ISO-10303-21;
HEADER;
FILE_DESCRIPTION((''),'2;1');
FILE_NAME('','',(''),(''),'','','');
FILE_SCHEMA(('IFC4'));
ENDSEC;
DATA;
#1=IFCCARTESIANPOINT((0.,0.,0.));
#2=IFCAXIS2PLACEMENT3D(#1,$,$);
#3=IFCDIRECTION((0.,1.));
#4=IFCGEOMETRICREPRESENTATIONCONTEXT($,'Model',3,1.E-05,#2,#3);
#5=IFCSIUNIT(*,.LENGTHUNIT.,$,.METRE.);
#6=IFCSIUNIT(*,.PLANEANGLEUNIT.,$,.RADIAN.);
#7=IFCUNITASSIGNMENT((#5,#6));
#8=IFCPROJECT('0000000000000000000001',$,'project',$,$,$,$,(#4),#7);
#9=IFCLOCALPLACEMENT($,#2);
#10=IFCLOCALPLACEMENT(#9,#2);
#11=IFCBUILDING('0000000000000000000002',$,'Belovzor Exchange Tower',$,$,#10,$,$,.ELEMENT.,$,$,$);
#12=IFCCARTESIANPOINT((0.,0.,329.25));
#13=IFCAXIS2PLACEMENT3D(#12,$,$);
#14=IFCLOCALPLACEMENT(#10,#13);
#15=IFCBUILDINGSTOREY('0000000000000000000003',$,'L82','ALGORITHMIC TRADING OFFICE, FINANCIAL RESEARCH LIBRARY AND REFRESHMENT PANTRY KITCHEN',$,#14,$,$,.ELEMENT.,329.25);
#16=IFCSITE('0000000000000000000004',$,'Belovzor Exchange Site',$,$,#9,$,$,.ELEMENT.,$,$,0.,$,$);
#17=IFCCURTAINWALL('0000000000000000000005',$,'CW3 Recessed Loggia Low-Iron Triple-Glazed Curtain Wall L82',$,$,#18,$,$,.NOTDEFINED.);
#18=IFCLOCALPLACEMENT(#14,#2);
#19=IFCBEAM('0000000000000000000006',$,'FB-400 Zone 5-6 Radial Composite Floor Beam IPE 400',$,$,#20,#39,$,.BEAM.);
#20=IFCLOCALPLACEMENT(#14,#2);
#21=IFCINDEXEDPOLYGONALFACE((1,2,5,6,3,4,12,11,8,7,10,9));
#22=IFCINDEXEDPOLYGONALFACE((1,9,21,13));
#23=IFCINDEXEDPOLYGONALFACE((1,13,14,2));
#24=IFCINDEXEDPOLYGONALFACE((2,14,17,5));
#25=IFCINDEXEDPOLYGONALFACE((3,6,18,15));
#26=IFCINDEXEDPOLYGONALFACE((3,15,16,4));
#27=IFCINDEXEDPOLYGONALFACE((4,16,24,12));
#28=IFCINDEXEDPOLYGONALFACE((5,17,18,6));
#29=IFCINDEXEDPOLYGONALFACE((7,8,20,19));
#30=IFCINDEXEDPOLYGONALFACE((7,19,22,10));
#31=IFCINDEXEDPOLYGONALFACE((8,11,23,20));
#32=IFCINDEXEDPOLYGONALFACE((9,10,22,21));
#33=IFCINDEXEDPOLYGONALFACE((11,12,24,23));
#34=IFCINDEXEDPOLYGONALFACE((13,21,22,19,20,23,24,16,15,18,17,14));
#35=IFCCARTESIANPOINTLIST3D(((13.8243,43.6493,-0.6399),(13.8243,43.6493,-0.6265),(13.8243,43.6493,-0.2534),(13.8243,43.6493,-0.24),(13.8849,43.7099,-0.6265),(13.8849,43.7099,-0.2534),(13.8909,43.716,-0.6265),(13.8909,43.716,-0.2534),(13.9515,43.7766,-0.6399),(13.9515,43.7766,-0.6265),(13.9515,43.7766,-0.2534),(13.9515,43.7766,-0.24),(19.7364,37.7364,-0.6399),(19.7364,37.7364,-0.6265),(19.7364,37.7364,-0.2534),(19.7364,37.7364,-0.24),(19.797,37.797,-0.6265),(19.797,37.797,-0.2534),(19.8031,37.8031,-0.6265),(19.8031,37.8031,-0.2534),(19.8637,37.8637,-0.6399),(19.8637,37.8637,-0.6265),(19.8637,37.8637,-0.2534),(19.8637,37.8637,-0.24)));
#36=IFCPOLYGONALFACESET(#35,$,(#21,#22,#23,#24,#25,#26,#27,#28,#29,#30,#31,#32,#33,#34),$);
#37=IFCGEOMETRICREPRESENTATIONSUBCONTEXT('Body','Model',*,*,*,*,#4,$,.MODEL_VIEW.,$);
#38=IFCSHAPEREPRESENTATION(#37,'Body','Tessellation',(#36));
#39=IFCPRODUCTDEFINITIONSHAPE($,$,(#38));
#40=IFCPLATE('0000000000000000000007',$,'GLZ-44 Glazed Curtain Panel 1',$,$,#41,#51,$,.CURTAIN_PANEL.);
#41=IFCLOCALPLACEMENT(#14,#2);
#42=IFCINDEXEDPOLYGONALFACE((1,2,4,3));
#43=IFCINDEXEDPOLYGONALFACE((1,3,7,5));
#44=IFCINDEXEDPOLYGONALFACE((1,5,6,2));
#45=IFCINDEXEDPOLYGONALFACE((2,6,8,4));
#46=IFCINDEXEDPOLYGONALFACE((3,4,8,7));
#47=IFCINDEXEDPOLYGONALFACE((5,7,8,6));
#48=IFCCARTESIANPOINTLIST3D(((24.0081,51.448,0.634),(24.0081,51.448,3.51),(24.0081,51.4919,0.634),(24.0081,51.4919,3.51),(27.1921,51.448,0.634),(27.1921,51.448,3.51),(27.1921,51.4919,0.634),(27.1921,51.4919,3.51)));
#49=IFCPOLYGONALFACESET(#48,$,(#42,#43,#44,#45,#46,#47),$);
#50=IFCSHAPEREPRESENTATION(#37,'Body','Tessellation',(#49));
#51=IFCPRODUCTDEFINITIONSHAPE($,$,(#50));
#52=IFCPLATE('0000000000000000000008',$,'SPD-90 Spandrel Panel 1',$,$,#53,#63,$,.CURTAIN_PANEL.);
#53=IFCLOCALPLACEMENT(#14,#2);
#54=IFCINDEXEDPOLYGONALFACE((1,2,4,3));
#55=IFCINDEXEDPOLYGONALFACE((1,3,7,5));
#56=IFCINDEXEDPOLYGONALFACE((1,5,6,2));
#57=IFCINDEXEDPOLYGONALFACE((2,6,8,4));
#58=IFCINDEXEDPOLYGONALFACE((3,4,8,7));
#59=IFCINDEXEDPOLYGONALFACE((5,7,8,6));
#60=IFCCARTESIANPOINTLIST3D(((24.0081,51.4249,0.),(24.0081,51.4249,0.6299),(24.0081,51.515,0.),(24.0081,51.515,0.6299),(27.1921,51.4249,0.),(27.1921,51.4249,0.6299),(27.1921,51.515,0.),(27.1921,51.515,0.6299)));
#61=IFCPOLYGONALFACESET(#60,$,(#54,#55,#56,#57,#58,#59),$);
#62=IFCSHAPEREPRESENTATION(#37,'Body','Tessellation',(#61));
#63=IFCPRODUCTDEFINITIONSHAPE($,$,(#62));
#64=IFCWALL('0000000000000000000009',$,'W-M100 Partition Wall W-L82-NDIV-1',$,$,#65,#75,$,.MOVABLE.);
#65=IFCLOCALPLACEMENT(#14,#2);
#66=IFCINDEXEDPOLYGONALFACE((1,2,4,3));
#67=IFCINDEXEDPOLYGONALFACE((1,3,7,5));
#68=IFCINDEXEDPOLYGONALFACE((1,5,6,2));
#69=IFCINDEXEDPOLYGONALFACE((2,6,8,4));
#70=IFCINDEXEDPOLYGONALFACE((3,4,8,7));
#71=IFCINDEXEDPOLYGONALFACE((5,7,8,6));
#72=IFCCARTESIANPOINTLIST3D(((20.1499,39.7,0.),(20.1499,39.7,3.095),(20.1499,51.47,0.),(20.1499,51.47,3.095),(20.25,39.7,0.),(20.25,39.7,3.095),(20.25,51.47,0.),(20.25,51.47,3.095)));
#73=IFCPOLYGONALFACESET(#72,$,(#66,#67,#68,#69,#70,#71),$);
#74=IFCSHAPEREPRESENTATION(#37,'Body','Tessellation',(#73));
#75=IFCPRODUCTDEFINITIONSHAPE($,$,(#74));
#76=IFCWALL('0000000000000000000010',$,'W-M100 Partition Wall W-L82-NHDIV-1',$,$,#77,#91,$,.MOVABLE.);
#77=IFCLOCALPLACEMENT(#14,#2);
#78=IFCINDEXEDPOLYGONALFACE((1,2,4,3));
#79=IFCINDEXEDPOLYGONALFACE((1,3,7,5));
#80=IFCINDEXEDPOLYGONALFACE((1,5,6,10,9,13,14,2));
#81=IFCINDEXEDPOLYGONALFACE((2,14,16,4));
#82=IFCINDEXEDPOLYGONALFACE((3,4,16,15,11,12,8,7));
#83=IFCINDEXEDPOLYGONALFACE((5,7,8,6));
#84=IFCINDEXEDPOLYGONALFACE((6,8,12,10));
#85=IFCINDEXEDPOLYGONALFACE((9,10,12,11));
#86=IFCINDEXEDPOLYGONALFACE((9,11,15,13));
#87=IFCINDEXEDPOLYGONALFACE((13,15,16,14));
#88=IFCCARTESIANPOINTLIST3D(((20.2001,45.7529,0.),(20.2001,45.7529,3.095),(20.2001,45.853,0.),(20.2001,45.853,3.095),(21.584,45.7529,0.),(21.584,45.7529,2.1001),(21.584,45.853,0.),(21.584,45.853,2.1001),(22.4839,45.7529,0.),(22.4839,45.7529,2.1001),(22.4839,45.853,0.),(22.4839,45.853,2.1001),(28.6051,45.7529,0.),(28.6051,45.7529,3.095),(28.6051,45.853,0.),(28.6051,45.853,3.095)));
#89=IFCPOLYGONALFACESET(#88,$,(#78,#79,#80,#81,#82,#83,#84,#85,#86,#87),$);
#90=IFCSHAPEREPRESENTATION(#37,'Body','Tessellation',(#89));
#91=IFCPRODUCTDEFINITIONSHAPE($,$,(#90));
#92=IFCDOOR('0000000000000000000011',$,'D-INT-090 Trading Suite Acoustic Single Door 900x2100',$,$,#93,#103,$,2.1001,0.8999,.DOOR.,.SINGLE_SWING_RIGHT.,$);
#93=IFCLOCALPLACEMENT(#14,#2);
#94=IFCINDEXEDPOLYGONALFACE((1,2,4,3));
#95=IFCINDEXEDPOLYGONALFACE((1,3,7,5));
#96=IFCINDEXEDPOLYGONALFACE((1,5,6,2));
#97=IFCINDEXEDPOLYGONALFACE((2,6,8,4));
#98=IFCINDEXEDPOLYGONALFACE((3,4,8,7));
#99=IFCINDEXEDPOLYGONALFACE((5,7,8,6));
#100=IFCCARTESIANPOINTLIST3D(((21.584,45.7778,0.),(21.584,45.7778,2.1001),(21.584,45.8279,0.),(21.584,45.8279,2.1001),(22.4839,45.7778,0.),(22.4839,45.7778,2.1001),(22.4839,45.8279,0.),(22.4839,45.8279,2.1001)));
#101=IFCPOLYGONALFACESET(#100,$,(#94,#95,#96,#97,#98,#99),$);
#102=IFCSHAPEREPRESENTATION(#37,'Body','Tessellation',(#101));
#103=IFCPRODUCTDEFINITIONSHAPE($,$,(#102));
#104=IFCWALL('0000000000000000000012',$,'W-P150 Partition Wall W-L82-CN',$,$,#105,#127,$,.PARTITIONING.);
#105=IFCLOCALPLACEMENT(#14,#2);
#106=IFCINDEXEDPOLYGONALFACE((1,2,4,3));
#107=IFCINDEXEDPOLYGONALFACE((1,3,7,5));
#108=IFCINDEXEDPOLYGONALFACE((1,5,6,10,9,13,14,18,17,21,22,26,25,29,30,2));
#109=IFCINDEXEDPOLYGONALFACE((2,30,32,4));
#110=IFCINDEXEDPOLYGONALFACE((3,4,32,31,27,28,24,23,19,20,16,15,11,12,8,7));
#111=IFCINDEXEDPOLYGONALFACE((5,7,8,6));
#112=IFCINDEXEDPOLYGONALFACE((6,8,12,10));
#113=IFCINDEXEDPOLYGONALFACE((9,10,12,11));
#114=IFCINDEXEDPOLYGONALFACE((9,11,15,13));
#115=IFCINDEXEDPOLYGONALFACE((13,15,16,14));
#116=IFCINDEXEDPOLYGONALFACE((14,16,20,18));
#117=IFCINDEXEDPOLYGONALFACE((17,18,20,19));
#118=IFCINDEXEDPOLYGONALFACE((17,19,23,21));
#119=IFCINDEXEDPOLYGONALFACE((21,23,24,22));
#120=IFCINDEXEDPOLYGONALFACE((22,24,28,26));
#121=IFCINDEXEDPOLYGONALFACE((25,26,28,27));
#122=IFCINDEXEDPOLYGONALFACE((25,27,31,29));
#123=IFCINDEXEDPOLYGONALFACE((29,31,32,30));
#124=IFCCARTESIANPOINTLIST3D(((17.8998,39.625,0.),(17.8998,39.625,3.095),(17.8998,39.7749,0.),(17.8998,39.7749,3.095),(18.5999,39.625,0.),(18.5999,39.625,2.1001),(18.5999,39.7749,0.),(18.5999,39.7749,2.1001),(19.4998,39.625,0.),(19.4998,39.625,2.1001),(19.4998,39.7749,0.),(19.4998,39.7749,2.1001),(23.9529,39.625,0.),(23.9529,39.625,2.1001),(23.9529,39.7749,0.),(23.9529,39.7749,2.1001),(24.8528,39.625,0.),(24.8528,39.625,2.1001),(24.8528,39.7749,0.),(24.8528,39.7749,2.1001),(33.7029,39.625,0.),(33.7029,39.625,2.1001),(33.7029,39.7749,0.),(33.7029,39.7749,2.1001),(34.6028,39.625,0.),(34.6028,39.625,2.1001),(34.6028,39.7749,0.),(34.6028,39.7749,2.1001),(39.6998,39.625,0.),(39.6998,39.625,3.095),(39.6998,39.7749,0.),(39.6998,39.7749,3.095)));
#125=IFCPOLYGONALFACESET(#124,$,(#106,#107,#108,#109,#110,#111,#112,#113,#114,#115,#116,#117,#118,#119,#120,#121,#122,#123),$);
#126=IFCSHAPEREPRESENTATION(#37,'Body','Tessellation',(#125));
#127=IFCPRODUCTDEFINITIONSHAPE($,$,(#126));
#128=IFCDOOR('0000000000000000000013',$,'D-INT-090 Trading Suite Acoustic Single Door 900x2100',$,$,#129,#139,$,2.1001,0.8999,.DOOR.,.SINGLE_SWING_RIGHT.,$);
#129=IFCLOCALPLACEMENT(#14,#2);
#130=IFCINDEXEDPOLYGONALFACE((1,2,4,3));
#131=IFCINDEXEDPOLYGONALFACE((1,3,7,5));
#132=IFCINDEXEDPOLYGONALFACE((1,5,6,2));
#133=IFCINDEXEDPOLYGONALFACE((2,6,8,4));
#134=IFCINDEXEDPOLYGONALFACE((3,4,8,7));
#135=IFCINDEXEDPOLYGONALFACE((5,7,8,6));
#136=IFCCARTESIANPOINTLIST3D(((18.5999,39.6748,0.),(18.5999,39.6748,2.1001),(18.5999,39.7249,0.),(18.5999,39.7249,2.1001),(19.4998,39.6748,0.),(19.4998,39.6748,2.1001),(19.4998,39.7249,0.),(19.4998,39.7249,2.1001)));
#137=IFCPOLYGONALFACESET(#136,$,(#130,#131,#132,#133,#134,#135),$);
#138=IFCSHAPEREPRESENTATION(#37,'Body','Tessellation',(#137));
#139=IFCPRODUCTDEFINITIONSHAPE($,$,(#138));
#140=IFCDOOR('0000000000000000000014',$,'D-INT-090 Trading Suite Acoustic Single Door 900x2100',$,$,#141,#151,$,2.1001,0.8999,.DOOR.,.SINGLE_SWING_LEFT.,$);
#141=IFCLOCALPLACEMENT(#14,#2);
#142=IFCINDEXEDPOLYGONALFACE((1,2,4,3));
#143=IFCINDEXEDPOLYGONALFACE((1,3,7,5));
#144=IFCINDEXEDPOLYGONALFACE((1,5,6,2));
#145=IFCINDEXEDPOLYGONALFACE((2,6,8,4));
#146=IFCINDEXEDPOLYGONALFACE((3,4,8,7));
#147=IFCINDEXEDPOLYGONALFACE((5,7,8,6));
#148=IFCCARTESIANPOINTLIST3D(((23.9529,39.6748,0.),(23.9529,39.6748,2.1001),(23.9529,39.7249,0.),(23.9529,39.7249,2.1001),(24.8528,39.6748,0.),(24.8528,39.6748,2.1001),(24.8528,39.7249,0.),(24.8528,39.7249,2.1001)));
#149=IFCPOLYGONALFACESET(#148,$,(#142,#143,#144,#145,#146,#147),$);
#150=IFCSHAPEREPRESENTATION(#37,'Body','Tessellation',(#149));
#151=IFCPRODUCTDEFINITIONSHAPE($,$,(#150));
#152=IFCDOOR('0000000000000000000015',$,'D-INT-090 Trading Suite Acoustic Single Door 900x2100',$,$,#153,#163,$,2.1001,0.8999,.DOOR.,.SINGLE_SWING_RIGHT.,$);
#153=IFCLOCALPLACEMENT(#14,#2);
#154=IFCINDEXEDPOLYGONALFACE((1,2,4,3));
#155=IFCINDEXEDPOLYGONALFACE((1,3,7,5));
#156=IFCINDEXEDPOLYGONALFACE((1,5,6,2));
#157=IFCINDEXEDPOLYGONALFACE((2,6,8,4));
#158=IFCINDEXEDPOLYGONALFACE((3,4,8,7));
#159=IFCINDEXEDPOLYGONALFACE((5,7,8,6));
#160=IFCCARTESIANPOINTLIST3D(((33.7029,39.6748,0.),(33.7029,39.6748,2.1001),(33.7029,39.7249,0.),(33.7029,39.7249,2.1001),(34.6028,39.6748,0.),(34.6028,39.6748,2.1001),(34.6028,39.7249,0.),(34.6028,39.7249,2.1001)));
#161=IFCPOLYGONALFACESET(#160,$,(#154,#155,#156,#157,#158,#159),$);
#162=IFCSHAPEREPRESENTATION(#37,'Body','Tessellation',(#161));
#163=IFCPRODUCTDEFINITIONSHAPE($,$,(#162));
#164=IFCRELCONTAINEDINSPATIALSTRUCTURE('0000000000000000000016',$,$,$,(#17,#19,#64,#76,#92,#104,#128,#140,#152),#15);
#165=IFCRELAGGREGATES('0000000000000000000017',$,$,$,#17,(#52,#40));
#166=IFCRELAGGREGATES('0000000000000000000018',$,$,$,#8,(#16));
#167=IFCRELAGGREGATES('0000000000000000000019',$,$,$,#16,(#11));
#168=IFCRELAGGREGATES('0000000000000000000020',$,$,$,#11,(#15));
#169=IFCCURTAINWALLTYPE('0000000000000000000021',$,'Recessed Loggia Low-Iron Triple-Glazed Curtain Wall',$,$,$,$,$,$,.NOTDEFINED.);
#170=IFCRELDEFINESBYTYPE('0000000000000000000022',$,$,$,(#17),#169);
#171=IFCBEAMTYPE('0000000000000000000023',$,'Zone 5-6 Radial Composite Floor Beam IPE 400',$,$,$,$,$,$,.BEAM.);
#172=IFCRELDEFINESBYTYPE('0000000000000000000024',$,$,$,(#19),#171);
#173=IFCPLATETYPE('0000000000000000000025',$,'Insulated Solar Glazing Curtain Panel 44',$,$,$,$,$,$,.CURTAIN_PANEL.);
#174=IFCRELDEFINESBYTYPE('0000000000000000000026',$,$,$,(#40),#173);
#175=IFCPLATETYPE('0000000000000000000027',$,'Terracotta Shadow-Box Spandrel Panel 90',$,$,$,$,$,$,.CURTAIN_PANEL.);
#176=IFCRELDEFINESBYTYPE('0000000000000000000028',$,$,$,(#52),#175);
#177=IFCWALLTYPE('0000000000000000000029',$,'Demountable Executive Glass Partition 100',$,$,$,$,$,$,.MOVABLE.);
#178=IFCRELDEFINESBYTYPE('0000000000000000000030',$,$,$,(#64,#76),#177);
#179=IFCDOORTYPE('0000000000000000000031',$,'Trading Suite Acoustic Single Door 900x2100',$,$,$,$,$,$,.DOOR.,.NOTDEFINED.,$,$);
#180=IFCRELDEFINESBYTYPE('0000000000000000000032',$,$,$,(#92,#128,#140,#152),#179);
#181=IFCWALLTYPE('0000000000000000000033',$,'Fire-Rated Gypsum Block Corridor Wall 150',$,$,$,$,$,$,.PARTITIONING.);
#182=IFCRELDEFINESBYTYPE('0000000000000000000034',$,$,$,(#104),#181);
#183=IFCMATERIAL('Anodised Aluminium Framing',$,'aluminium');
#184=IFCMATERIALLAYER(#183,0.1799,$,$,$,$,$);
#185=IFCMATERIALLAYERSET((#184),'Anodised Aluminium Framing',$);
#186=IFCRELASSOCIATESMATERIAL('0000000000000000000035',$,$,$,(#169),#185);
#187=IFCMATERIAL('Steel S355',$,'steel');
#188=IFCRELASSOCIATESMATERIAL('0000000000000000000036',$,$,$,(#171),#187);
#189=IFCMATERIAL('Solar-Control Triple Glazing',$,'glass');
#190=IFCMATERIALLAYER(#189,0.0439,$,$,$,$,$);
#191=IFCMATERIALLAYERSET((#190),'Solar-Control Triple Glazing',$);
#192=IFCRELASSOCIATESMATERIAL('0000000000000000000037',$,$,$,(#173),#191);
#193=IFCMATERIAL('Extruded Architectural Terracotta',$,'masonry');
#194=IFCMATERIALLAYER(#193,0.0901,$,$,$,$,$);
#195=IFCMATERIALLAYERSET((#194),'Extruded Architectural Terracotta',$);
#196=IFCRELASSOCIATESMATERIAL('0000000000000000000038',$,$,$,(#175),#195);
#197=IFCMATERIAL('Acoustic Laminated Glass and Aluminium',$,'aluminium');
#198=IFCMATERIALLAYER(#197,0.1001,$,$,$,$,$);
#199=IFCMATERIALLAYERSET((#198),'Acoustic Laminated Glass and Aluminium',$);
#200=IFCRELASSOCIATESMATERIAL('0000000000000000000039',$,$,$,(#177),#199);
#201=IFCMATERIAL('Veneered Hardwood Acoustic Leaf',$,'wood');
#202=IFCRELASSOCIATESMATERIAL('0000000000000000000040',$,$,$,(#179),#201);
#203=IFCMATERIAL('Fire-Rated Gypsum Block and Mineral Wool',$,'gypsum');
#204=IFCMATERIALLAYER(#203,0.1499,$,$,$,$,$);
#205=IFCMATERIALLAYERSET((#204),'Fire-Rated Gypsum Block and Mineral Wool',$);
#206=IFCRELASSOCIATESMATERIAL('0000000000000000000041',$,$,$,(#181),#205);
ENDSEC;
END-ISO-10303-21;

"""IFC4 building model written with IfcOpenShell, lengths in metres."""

from ifc_helpers import new_model, si_unit, direction, frame, frame_2d, origin, origin_2d, place, context, subcontext, project, spatial, rectangle, i_section, extrude, material, layer, layer_set, material_profile, profile_set, type_object, element, fill, aggregate, save


model = new_model("IFC4")

# Units and contexts
model_context = context("Model", 3, precision=1e-05, world=origin(), true_north=direction((0.0, 1.0)))
body_context = subcontext(model_context, "Body", "Model", "MODEL_VIEW")
ifc_project = project(units=[si_unit("LENGTHUNIT", "METRE"), si_unit("PLANEANGLEUNIT", "RADIAN")], contexts=[model_context])

# Site, building, storey
site_placement = place(None, origin())
site = spatial("IfcSite", under=ifc_project, at=site_placement, Name="Belovzor Exchange Site", CompositionType="ELEMENT", RefElevation=0.0)
building_placement = place(site_placement, origin())
building = spatial("IfcBuilding", under=site, at=building_placement, Name="Belovzor Exchange Tower", CompositionType="ELEMENT")
storey_placement = place(building_placement, frame((0.0, 0.0, 329.25)))
storey = spatial("IfcBuildingStorey", under=building, at=storey_placement, Name="L82", Description="ALGORITHMIC TRADING OFFICE, FINANCIAL RESEARCH LIBRARY AND REFRESHMENT PANTRY KITCHEN", CompositionType="ELEMENT", Elevation=329.25)

# Curtain wall
ifc_material_1 = material(Name="Anodised Aluminium Framing", Category="aluminium")
ifc_layer_1 = layer(ifc_material_1, 0.1799)
ifc_layer_set_1 = layer_set([ifc_layer_1], Name="Anodised Aluminium Framing")
curtain_wall_type = type_object("IfcCurtainWallType", Name="Recessed Loggia Low-Iron Triple-Glazed Curtain Wall", PredefinedType="NOTDEFINED", material=ifc_layer_set_1)
curtain_wall_placement = place(storey_placement, origin())
curtain_wall = element("IfcCurtainWall", 1, at=curtain_wall_placement, inside=storey, type_object=curtain_wall_type, Name="CW3 Recessed Loggia Low-Iron Triple-Glazed Curtain Wall L82", PredefinedType="NOTDEFINED")

# Beam
ifc_material_2 = material(Name="Steel S355", Category="steel")
ifc_material_profile_1 = material_profile(ifc_material_2, i_section(OverallWidth=0.1799, OverallDepth=0.3999, WebThickness=0.0085, FlangeThickness=0.0134, at=origin_2d()))
ifc_profile_set_1 = profile_set([ifc_material_profile_1], Name="Steel S355")
beam_type_1 = type_object("IfcBeamType", Name="Zone 5-6 Radial Composite Floor Beam IPE 400", PredefinedType="BEAM", material=ifc_profile_set_1)
beam_1_placement = place(storey_placement, frame((19.8, 37.8, -0.4399), z_axis=(-0.707063, 0.707151, 0.0), x_axis=(-0.707151, -0.707063, 0.0)))
element("IfcBeam", 2, at=beam_1_placement, inside=storey, type_object=beam_type_1, Name="FB-400 Zone 5-6 Radial Composite Floor Beam IPE 400", PredefinedType="BEAM", context=body_context, shape_type="SweptSolid", body=[
    extrude(i_section(OverallWidth=0.1799, OverallDepth=0.3999, WebThickness=0.0085, FlangeThickness=0.0134, at=origin_2d()), origin(), (0.0, 0.0, 1.0), 8.3616),
])

# Plates
ifc_material_3 = material(Name="Solar-Control Triple Glazing", Category="glass")
ifc_layer_2 = layer(ifc_material_3, 0.0439)
ifc_layer_set_2 = layer_set([ifc_layer_2], Name="Solar-Control Triple Glazing")
plate_type_1 = type_object("IfcPlateType", Name="Insulated Solar Glazing Curtain Panel 44", PredefinedType="CURTAIN_PANEL", material=ifc_layer_set_2)
plate_1_placement = place(storey_placement, frame((25.6001, 51.47, 0.634), z_axis=(0.0, 0.0, 1.0), x_axis=(1.0, 0.0, 0.0)))
plate_1 = element("IfcPlate", 3, at=plate_1_placement, type_object=plate_type_1, Name="GLZ-44 Glazed Curtain Panel 1", PredefinedType="CURTAIN_PANEL", context=body_context, shape_type="SweptSolid", body=[
    extrude(rectangle(XDim=3.1841, YDim=0.0439, at=origin_2d()), origin(), (0.0, 0.0, 1.0), 2.876),
])
ifc_material_4 = material(Name="Extruded Architectural Terracotta", Category="masonry")
ifc_layer_3 = layer(ifc_material_4, 0.0901)
ifc_layer_set_3 = layer_set([ifc_layer_3], Name="Extruded Architectural Terracotta")
plate_type_2 = type_object("IfcPlateType", Name="Terracotta Shadow-Box Spandrel Panel 90", PredefinedType="CURTAIN_PANEL", material=ifc_layer_set_3)
plate_2_placement = place(storey_placement, frame((25.6001, 51.47, 0.0), z_axis=(0.0, 0.0, 1.0), x_axis=(1.0, 0.0, 0.0)))
plate_2 = element("IfcPlate", 4, at=plate_2_placement, type_object=plate_type_2, Name="SPD-90 Spandrel Panel 1", PredefinedType="CURTAIN_PANEL", context=body_context, shape_type="SweptSolid", body=[
    extrude(rectangle(XDim=3.1841, YDim=0.0901, at=origin_2d()), origin(), (0.0, 0.0, 1.0), 0.6299),
])
aggregate(curtain_wall, [plate_2, plate_1])

# Wall
ifc_material_5 = material(Name="Acoustic Laminated Glass and Aluminium", Category="aluminium")
ifc_layer_4 = layer(ifc_material_5, 0.1001)
ifc_layer_set_4 = layer_set([ifc_layer_4], Name="Acoustic Laminated Glass and Aluminium")
wall_type_1 = type_object("IfcWallType", Name="Demountable Executive Glass Partition 100", PredefinedType="MOVABLE", material=ifc_layer_set_4)
wall_1_placement = place(storey_placement, frame((20.2, 39.7, 0.0), z_axis=(0.0, 0.0, 1.0), x_axis=(0.0, 1.0, 0.0)))
element("IfcWall", 5, at=wall_1_placement, inside=storey, type_object=wall_type_1, Name="W-M100 Partition Wall W-L82-NDIV-1", PredefinedType="MOVABLE", context=body_context, shape_type="SweptSolid", body=[
    extrude(rectangle(XDim=11.77, YDim=0.1001, at=frame_2d((5.885, 0.0))), origin(), (0.0, 0.0, 1.0), 3.095),
])

# Wall, opening, door
wall_2_placement = place(storey_placement, frame((20.2, 45.803, 0.0), z_axis=(0.0, 0.0, 1.0), x_axis=(1.0, 0.0, 0.0)))
wall_2 = element("IfcWall", 6, at=wall_2_placement, inside=storey, type_object=wall_type_1, Name="W-M100 Partition Wall W-L82-NHDIV-1", PredefinedType="MOVABLE", context=body_context, shape_type="SweptSolid", body=[
    extrude(rectangle(XDim=8.405, YDim=0.1001, at=frame_2d((4.2026, 0.0))), origin(), (0.0, 0.0, 1.0), 3.095),
])
opening_1_placement = place(wall_2_placement, frame((1.384, 0.0, 0.0)))
opening_1 = element("IfcOpeningElement", 7, at=opening_1_placement, cuts=wall_2, PredefinedType="OPENING", context=body_context, shape_type="SweptSolid", body=[
    extrude(rectangle(XDim=0.8999, YDim=2.1001, at=frame_2d((0.45, 1.05))), frame((0.0, 0.0601, 0.0), z_axis=(0.0, -1.0, 0.0), x_axis=(1.0, 0.0, 0.0)), (0.0, 0.0, 1.0), 0.1201),
])
ifc_material_6 = material(Name="Veneered Hardwood Acoustic Leaf", Category="wood")
door_type_1 = type_object("IfcDoorType", Name="Trading Suite Acoustic Single Door 900x2100", OperationType="NOTDEFINED", PredefinedType="DOOR", material=ifc_material_6)
door_1_placement = place(opening_1_placement, origin())
door_1 = element("IfcDoor", 8, at=door_1_placement, inside=storey, type_object=door_type_1, Name="D-INT-090 Trading Suite Acoustic Single Door 900x2100", OperationType="SINGLE_SWING_RIGHT", OverallHeight=2.1001, OverallWidth=0.8999, PredefinedType="DOOR", context=body_context, shape_type="SweptSolid", body=[
    extrude(rectangle(XDim=0.8999, YDim=2.1001, at=frame_2d((0.45, 1.05))), frame((0.0, 0.0249, 0.0), z_axis=(0.0, -1.0, 0.0), x_axis=(1.0, 0.0, 0.0)), (0.0, 0.0, 1.0), 0.05),
])
fill(opening_1, door_1)

# Wall, openings, doors
ifc_material_7 = material(Name="Fire-Rated Gypsum Block and Mineral Wool", Category="gypsum")
ifc_layer_5 = layer(ifc_material_7, 0.1499)
ifc_layer_set_5 = layer_set([ifc_layer_5], Name="Fire-Rated Gypsum Block and Mineral Wool")
wall_type_2 = type_object("IfcWallType", Name="Fire-Rated Gypsum Block Corridor Wall 150", PredefinedType="PARTITIONING", material=ifc_layer_set_5)
wall_3_placement = place(storey_placement, frame((17.8999, 39.7, 0.0), z_axis=(0.0, 0.0, 1.0), x_axis=(1.0, 0.0, 0.0)))
wall_3 = element("IfcWall", 9, at=wall_3_placement, inside=storey, type_object=wall_type_2, Name="W-P150 Partition Wall W-L82-CN", PredefinedType="PARTITIONING", context=body_context, shape_type="SweptSolid", body=[
    extrude(rectangle(XDim=21.8, YDim=0.1499, at=frame_2d((10.8999, 0.0))), origin(), (0.0, 0.0, 1.0), 3.095),
])
opening_2_placement = place(wall_3_placement, frame((0.7, 0.0, 0.0)))
opening_2 = element("IfcOpeningElement", 10, at=opening_2_placement, cuts=wall_3, PredefinedType="OPENING", context=body_context, shape_type="SweptSolid", body=[
    extrude(rectangle(XDim=0.8999, YDim=2.1001, at=frame_2d((0.45, 1.05))), frame((0.0, 0.085, 0.0), z_axis=(0.0, -1.0, 0.0), x_axis=(1.0, 0.0, 0.0)), (0.0, 0.0, 1.0), 0.1699),
])
opening_3_placement = place(wall_3_placement, frame((6.053, 0.0, 0.0)))
opening_3 = element("IfcOpeningElement", 11, at=opening_3_placement, cuts=wall_3, PredefinedType="OPENING", context=body_context, shape_type="SweptSolid", body=[
    extrude(rectangle(XDim=0.8999, YDim=2.1001, at=frame_2d((0.45, 1.05))), frame((0.0, 0.085, 0.0), z_axis=(0.0, -1.0, 0.0), x_axis=(1.0, 0.0, 0.0)), (0.0, 0.0, 1.0), 0.1699),
])
opening_4_placement = place(wall_3_placement, frame((15.803, 0.0, 0.0)))
opening_4 = element("IfcOpeningElement", 12, at=opening_4_placement, cuts=wall_3, PredefinedType="OPENING", context=body_context, shape_type="SweptSolid", body=[
    extrude(rectangle(XDim=0.8999, YDim=2.1001, at=frame_2d((0.45, 1.05))), frame((0.0, 0.085, 0.0), z_axis=(0.0, -1.0, 0.0), x_axis=(1.0, 0.0, 0.0)), (0.0, 0.0, 1.0), 0.1699),
])
door_2_placement = place(opening_2_placement, origin())
door_2 = element("IfcDoor", 13, at=door_2_placement, inside=storey, type_object=door_type_1, Name="D-INT-090 Trading Suite Acoustic Single Door 900x2100", OperationType="SINGLE_SWING_RIGHT", OverallHeight=2.1001, OverallWidth=0.8999, PredefinedType="DOOR", context=body_context, shape_type="SweptSolid", body=[
    extrude(rectangle(XDim=0.8999, YDim=2.1001, at=frame_2d((0.45, 1.05))), frame((0.0, 0.0249, 0.0), z_axis=(0.0, -1.0, 0.0), x_axis=(1.0, 0.0, 0.0)), (0.0, 0.0, 1.0), 0.05),
])
fill(opening_2, door_2)
door_3_placement = place(opening_3_placement, origin())
door_3 = element("IfcDoor", 14, at=door_3_placement, inside=storey, type_object=door_type_1, Name="D-INT-090 Trading Suite Acoustic Single Door 900x2100", OperationType="SINGLE_SWING_LEFT", OverallHeight=2.1001, OverallWidth=0.8999, PredefinedType="DOOR", context=body_context, shape_type="SweptSolid", body=[
    extrude(rectangle(XDim=0.8999, YDim=2.1001, at=frame_2d((0.45, 1.05))), frame((0.0, 0.0249, 0.0), z_axis=(0.0, -1.0, 0.0), x_axis=(1.0, 0.0, 0.0)), (0.0, 0.0, 1.0), 0.05),
])
fill(opening_3, door_3)
door_4_placement = place(opening_4_placement, origin())
door_4 = element("IfcDoor", 15, at=door_4_placement, inside=storey, type_object=door_type_1, Name="D-INT-090 Trading Suite Acoustic Single Door 900x2100", OperationType="SINGLE_SWING_RIGHT", OverallHeight=2.1001, OverallWidth=0.8999, PredefinedType="DOOR", context=body_context, shape_type="SweptSolid", body=[
    extrude(rectangle(XDim=0.8999, YDim=2.1001, at=frame_2d((0.45, 1.05))), frame((0.0, 0.0249, 0.0), z_axis=(0.0, -1.0, 0.0), x_axis=(1.0, 0.0, 0.0)), (0.0, 0.0, 1.0), 0.05),
])
fill(opening_4, door_4)

save(model, "model.ifc")
